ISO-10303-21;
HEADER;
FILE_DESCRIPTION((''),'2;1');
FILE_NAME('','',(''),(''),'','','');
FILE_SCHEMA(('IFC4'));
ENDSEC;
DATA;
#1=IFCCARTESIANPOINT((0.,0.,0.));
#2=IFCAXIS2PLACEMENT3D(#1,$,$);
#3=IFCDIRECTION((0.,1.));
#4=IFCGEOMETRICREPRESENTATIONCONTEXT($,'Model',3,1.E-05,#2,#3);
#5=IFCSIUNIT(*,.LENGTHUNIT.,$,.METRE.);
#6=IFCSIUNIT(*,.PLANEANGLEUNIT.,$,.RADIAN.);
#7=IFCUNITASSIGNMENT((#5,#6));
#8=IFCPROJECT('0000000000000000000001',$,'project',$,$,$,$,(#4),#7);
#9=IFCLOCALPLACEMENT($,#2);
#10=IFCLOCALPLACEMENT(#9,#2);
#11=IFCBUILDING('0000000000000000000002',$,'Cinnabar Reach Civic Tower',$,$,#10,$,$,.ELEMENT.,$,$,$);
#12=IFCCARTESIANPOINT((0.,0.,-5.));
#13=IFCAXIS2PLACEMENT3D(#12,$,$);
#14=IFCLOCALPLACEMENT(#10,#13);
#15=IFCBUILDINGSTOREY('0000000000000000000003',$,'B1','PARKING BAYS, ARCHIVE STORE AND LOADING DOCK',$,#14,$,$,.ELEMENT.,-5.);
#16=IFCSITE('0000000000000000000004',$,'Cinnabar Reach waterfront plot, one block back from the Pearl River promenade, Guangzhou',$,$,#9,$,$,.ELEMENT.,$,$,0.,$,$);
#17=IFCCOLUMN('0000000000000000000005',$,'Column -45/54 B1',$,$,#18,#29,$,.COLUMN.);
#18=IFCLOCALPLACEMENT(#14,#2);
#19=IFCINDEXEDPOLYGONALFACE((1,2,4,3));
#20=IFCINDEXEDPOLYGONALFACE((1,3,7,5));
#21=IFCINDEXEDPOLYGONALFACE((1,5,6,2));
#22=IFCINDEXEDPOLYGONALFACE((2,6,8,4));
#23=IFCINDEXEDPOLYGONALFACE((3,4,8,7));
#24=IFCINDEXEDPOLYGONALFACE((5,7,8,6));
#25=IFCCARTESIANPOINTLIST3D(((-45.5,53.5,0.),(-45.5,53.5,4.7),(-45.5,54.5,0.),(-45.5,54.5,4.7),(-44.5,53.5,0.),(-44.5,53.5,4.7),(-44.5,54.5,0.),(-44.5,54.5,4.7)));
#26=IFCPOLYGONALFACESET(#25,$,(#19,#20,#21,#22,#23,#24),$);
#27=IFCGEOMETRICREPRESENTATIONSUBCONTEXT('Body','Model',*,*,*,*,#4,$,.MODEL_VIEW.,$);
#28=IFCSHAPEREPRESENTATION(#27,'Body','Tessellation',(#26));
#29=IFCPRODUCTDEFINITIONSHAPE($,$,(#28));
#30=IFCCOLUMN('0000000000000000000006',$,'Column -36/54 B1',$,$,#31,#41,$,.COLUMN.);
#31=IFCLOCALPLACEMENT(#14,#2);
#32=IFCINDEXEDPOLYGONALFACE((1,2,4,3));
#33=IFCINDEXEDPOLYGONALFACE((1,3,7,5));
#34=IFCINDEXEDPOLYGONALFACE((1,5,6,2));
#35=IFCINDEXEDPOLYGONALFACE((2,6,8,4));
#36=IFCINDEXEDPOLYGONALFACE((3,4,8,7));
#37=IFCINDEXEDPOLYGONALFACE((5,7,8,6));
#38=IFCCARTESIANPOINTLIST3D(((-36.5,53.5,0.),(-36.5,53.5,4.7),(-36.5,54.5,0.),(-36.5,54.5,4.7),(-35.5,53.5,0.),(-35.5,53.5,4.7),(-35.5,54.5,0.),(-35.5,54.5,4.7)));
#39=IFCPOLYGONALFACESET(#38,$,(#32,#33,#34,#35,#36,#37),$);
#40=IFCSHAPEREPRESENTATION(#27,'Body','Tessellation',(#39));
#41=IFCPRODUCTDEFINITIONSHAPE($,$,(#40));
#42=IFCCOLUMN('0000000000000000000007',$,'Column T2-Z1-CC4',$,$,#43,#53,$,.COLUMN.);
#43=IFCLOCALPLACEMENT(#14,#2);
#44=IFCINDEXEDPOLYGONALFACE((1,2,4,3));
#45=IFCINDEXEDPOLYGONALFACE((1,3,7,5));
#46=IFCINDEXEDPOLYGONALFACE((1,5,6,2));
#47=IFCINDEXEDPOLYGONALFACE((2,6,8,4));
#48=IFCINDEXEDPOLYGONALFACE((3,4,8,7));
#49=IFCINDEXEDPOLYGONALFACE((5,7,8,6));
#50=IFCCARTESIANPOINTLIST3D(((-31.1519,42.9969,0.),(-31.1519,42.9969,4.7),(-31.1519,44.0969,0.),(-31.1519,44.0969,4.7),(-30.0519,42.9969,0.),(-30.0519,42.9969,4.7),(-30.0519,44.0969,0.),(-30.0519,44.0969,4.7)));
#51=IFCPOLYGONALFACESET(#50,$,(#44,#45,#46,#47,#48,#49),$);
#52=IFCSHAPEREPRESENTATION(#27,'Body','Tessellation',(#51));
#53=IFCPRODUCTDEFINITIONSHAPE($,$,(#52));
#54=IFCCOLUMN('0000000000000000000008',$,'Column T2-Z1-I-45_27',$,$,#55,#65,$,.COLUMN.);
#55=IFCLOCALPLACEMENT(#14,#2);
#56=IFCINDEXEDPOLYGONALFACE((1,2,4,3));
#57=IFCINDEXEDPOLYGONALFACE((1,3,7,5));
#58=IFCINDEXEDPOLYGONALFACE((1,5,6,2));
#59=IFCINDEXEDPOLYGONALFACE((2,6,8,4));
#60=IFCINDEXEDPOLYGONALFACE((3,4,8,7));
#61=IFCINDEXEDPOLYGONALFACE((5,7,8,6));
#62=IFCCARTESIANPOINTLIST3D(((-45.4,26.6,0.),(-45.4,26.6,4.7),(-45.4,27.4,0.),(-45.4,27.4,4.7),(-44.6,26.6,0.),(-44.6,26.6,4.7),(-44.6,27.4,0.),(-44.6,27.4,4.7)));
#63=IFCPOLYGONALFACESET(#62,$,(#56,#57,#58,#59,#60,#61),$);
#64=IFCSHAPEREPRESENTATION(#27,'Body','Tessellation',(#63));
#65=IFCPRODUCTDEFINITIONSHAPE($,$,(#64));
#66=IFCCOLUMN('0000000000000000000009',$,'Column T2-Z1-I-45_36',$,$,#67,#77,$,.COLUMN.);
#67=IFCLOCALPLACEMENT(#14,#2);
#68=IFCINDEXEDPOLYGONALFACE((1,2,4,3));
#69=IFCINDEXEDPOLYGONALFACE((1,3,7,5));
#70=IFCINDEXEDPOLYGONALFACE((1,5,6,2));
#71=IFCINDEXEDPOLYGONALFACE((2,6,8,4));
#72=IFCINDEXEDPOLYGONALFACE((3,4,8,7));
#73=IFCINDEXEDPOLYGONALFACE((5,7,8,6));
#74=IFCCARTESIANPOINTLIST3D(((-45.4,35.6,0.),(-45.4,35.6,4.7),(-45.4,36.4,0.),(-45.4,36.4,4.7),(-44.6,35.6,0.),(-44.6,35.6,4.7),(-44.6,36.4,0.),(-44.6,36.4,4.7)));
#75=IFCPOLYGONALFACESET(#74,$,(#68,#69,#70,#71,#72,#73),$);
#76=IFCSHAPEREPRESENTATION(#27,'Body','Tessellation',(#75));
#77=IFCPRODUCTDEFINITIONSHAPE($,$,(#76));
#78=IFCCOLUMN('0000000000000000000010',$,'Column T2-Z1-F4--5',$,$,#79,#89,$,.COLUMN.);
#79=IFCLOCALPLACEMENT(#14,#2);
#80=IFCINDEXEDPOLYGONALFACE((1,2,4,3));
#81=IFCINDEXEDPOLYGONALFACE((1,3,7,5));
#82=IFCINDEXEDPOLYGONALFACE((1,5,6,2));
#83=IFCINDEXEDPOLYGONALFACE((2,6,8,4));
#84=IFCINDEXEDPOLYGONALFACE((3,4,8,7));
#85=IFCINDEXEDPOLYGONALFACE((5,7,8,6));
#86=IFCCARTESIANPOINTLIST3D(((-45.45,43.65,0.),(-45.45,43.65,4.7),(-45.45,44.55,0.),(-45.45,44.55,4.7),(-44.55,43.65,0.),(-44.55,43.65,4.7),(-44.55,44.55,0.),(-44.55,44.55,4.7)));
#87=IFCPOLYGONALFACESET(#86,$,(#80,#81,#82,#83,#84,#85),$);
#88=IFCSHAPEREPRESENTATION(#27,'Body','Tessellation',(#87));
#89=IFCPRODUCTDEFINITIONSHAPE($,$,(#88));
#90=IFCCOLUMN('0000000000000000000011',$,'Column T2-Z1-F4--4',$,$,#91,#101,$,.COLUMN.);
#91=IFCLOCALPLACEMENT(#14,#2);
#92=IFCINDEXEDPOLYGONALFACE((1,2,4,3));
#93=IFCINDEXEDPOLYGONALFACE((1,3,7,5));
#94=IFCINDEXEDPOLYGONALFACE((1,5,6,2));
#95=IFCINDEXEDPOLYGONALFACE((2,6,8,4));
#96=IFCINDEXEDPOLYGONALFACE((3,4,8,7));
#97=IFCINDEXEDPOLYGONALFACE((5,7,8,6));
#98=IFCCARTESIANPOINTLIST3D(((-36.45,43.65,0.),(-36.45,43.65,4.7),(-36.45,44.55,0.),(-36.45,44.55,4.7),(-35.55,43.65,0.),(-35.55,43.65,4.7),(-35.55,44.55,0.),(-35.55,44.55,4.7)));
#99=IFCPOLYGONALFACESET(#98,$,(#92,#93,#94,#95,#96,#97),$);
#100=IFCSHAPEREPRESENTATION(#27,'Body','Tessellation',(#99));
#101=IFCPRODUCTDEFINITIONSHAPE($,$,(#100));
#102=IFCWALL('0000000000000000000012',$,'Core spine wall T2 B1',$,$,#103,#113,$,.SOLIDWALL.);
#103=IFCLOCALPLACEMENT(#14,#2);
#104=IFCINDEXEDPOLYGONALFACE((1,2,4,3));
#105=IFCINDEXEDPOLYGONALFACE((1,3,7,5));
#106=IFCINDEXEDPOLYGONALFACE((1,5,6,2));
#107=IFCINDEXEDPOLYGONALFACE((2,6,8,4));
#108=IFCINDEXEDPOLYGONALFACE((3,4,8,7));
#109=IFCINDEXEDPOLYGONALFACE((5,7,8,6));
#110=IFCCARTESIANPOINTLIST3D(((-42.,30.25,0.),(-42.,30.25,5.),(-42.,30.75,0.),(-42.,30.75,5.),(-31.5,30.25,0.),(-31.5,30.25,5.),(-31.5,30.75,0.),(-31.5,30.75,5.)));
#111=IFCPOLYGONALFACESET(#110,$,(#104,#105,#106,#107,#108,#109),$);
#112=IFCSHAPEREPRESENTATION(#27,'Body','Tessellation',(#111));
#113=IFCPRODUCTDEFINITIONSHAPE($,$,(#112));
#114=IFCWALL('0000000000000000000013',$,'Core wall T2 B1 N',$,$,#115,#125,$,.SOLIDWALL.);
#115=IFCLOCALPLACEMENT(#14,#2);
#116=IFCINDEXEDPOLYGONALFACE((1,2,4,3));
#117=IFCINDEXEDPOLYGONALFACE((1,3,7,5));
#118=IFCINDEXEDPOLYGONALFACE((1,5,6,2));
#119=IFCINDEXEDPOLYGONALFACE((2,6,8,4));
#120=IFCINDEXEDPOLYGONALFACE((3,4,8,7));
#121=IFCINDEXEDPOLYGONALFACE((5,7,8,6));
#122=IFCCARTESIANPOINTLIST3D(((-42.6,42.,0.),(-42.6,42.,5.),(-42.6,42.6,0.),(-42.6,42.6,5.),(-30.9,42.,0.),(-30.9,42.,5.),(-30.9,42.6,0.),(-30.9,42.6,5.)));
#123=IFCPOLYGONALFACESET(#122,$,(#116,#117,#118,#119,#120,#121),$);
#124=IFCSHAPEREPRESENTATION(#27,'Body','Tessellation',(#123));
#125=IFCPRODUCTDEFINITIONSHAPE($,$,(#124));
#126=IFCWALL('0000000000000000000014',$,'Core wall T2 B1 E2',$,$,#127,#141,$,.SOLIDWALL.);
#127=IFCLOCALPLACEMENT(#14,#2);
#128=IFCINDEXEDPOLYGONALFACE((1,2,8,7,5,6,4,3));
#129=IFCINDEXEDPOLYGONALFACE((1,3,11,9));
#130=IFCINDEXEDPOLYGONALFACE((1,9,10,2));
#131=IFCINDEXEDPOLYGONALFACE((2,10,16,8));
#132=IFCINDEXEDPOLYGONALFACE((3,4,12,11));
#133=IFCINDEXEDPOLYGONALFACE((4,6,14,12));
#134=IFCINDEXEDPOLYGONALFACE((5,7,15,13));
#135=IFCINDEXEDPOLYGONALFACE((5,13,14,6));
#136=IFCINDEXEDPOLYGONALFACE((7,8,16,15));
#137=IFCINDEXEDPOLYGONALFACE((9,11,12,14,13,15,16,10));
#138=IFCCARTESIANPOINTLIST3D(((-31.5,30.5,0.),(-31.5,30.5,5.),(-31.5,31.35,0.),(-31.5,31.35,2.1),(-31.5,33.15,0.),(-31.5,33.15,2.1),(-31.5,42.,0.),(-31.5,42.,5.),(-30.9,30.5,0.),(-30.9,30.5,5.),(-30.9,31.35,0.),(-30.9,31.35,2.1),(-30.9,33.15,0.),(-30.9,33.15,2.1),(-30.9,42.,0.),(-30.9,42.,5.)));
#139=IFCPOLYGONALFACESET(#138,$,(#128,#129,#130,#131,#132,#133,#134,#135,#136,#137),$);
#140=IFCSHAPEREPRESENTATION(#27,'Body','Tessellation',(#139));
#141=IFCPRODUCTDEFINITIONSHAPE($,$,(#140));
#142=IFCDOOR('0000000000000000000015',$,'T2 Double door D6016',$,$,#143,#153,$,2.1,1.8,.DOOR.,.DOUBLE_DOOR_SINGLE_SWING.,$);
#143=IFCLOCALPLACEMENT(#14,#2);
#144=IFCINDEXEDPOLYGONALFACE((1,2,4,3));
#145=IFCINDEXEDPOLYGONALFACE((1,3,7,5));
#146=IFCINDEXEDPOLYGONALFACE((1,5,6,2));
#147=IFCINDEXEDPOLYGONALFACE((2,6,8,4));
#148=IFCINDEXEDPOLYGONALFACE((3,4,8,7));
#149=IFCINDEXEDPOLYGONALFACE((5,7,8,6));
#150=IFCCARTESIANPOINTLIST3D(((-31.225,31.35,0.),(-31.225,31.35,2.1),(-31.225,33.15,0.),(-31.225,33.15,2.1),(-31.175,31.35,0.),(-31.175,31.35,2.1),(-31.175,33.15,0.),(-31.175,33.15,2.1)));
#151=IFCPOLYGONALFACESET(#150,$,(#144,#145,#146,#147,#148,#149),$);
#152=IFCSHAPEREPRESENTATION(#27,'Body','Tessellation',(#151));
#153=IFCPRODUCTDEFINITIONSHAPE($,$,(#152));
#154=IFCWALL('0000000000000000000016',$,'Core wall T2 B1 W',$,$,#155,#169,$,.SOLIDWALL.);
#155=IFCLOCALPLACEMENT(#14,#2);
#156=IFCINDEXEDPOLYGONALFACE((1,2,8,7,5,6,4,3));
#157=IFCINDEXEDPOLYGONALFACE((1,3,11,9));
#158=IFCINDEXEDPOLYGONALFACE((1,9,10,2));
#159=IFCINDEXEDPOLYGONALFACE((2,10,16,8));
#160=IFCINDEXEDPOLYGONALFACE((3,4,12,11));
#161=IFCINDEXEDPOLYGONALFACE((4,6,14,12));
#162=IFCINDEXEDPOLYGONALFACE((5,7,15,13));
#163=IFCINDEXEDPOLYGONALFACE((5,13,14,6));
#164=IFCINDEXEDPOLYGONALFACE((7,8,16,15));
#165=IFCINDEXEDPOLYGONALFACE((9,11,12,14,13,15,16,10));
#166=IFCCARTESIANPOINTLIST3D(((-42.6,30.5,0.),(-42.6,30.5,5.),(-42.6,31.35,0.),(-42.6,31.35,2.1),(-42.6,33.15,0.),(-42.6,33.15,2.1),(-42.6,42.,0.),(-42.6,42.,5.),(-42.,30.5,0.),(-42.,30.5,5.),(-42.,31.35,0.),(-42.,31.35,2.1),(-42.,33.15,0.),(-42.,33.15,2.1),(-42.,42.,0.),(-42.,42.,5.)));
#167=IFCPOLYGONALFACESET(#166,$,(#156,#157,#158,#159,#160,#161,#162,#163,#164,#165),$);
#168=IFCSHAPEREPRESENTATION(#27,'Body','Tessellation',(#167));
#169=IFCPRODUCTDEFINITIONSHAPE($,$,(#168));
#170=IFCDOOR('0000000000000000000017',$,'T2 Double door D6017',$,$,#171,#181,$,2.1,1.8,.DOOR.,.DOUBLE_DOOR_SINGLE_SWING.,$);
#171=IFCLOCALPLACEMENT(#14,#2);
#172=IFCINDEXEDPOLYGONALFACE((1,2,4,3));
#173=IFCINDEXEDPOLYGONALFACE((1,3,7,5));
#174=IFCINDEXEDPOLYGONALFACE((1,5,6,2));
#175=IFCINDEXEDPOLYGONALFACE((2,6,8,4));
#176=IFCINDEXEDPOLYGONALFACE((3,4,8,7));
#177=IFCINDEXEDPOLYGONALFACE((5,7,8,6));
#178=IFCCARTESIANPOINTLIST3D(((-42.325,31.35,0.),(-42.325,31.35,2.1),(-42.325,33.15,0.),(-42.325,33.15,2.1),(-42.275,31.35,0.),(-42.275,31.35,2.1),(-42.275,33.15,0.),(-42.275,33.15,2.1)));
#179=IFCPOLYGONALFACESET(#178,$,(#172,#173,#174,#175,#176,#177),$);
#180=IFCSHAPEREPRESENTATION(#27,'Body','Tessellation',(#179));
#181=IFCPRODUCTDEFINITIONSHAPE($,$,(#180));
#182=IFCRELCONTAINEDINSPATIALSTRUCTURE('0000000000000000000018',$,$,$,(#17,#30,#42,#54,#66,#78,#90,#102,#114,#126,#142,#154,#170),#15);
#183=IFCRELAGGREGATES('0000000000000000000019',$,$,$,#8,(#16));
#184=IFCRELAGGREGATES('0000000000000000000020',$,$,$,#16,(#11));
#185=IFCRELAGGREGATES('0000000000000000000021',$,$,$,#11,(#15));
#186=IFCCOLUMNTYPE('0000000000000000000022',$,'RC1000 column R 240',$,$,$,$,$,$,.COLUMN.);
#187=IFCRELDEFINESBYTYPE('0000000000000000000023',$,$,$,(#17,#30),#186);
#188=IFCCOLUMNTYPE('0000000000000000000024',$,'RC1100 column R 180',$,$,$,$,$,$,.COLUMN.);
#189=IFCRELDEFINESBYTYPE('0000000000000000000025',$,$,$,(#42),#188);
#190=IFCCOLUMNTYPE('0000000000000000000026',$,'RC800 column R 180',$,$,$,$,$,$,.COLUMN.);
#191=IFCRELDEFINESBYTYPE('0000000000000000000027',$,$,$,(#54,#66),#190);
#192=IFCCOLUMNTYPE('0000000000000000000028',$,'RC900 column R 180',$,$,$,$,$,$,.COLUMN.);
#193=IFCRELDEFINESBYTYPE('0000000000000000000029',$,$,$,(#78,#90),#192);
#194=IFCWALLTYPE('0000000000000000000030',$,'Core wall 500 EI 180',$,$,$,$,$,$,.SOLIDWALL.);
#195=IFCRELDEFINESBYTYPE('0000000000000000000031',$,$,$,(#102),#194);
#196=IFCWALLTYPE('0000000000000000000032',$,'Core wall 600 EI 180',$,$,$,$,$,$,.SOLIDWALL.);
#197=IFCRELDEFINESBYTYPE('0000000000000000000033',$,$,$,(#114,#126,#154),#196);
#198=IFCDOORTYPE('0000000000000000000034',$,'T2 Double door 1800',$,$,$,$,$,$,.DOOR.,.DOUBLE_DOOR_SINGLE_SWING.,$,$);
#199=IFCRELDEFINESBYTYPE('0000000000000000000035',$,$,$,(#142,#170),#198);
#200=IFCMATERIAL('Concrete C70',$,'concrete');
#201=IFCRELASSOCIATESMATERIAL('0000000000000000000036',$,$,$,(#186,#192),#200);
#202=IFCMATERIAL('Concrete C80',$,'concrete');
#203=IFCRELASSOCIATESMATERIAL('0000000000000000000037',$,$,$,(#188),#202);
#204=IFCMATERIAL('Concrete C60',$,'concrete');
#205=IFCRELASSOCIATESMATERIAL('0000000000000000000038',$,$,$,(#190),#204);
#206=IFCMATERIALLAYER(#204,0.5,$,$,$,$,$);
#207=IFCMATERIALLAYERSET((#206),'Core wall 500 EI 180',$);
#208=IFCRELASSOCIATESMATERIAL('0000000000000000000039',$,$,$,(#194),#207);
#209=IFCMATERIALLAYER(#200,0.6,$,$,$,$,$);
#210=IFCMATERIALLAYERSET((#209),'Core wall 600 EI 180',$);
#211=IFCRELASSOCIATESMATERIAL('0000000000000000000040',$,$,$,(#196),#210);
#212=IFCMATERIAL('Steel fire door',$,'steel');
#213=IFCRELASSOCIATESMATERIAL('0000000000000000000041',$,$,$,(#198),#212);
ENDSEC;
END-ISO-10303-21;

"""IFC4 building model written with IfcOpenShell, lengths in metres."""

from ifc_helpers import new_model, si_unit, direction, frame, frame_2d, origin, origin_2d, place, context, subcontext, project, spatial, rectangle, extrude, material, layer, layer_set, material_profile, profile_set, type_object, element, fill, save


model = new_model("IFC4")

# Units and contexts
model_context = context("Model", 3, precision=1e-05, world=origin(), true_north=direction((0.0, 1.0)))
body_context = subcontext(model_context, "Body", "Model", "MODEL_VIEW")
ifc_project = project(units=[si_unit("LENGTHUNIT", "METRE"), si_unit("PLANEANGLEUNIT", "RADIAN")], contexts=[model_context])

# Site, building, storey
site_placement = place(None, origin())
site = spatial("IfcSite", under=ifc_project, at=site_placement, Name="Cinnabar Reach waterfront plot, one block back from the Pearl River promenade, Guangzhou", CompositionType="ELEMENT", RefElevation=0.0)
building_placement = place(site_placement, origin())
building = spatial("IfcBuilding", under=site, at=building_placement, Name="Cinnabar Reach Civic Tower", CompositionType="ELEMENT")
storey_placement = place(building_placement, frame((0.0, 0.0, -5.0)))
storey = spatial("IfcBuildingStorey", under=building, at=storey_placement, Name="B1", Description="PARKING BAYS, ARCHIVE STORE AND LOADING DOCK", CompositionType="ELEMENT", Elevation=-5.0)

# Columns
ifc_material_1 = material(Name="Concrete C70", Category="concrete")
ifc_material_profile_1 = material_profile(ifc_material_1, rectangle(XDim=1.0, YDim=1.0, at=origin_2d()), Name="RC1000")
ifc_profile_set_1 = profile_set([ifc_material_profile_1], Name="Concrete C70")
column_type_1 = type_object("IfcColumnType", Name="RC1000 column R 240", PredefinedType="COLUMN", material=ifc_profile_set_1)
for number, where, z_axis, x_axis, name in (
    (1, (-45.0, 54.0, 0.0), (0.0, 0.0, 1.0), (1.0, 0.0, 0.0), "Column -45/54 B1"),
    (2, (-36.0, 54.0, 0.0), (0.0, 0.0, 1.0), (1.0, 0.0, 0.0), "Column -36/54 B1"),
):
    element("IfcColumn", number, at=place(storey_placement, frame(where, z_axis=z_axis, x_axis=x_axis)), inside=storey, type_object=column_type_1, Name=name, PredefinedType="COLUMN", context=body_context, shape_type="SweptSolid", body=[
        extrude(rectangle(XDim=1.0, YDim=1.0, at=origin_2d()), origin(), (0.0, 0.0, 1.0), 4.7),
    ])
ifc_material_2 = material(Name="Concrete C80", Category="concrete")
ifc_material_profile_2 = material_profile(ifc_material_2, rectangle(XDim=1.1, YDim=1.1, at=origin_2d()), Name="RC1100")
ifc_profile_set_2 = profile_set([ifc_material_profile_2], Name="Concrete C80")
column_type_2 = type_object("IfcColumnType", Name="RC1100 column R 180", PredefinedType="COLUMN", material=ifc_profile_set_2)
column_placement = place(storey_placement, frame((-30.6019, 43.5469, 0.0), z_axis=(0.0, 0.0, 1.0), x_axis=(1.0, 0.0, 0.0)))
element("IfcColumn", 3, at=column_placement, inside=storey, type_object=column_type_2, Name="Column T2-Z1-CC4", PredefinedType="COLUMN", context=body_context, shape_type="SweptSolid", body=[
    extrude(rectangle(XDim=1.1, YDim=1.1, at=origin_2d()), origin(), (0.0, 0.0, 1.0), 4.7),
])
ifc_material_3 = material(Name="Concrete C60", Category="concrete")
ifc_material_profile_3 = material_profile(ifc_material_3, rectangle(XDim=0.8, YDim=0.8, at=origin_2d()), Name="RC800")
ifc_profile_set_3 = profile_set([ifc_material_profile_3], Name="Concrete C60")
column_type_3 = type_object("IfcColumnType", Name="RC800 column R 180", PredefinedType="COLUMN", material=ifc_profile_set_3)
for number, where, z_axis, x_axis, name in (
    (4, (-45.0, 27.0, 0.0), (0.0, 0.0, 1.0), (1.0, 0.0, 0.0), "Column T2-Z1-I-45_27"),
    (5, (-45.0, 36.0, 0.0), (0.0, 0.0, 1.0), (1.0, 0.0, 0.0), "Column T2-Z1-I-45_36"),
):
    element("IfcColumn", number, at=place(storey_placement, frame(where, z_axis=z_axis, x_axis=x_axis)), inside=storey, type_object=column_type_3, Name=name, PredefinedType="COLUMN", context=body_context, shape_type="SweptSolid", body=[
        extrude(rectangle(XDim=0.8, YDim=0.8, at=origin_2d()), origin(), (0.0, 0.0, 1.0), 4.7),
    ])
ifc_material_profile_4 = material_profile(ifc_material_1, rectangle(XDim=0.9, YDim=0.9, at=origin_2d()), Name="RC900")
ifc_profile_set_4 = profile_set([ifc_material_profile_4], Name="Concrete C70")
column_type_4 = type_object("IfcColumnType", Name="RC900 column R 180", PredefinedType="COLUMN", material=ifc_profile_set_4)
for number, where, z_axis, x_axis, name in (
    (6, (-45.0, 44.1, 0.0), (0.0, 0.0, 1.0), (1.0, 0.0, 0.0), "Column T2-Z1-F4--5"),
    (7, (-36.0, 44.1, 0.0), (0.0, 0.0, 1.0), (1.0, 0.0, 0.0), "Column T2-Z1-F4--4"),
):
    element("IfcColumn", number, at=place(storey_placement, frame(where, z_axis=z_axis, x_axis=x_axis)), inside=storey, type_object=column_type_4, Name=name, PredefinedType="COLUMN", context=body_context, shape_type="SweptSolid", body=[
        extrude(rectangle(XDim=0.9, YDim=0.9, at=origin_2d()), origin(), (0.0, 0.0, 1.0), 4.7),
    ])

# Walls
ifc_layer_1 = layer(ifc_material_3, 0.5)
ifc_layer_set_1 = layer_set([ifc_layer_1], Name="Core wall 500 EI 180")
wall_type_1 = type_object("IfcWallType", Name="Core wall 500 EI 180", PredefinedType="SOLIDWALL", material=ifc_layer_set_1)
wall_1_placement = place(storey_placement, frame((-42.0, 30.5, 0.0), z_axis=(0.0, 0.0, 1.0), x_axis=(1.0, 0.0, 0.0)))
element("IfcWall", 8, at=wall_1_placement, inside=storey, type_object=wall_type_1, Name="Core spine wall T2 B1", PredefinedType="SOLIDWALL", context=body_context, shape_type="SweptSolid", body=[
    extrude(rectangle(XDim=10.5, YDim=0.5, at=frame_2d((5.25, 0.0))), origin(), (0.0, 0.0, 1.0), 5.0),
])
ifc_layer_2 = layer(ifc_material_1, 0.6)
ifc_layer_set_2 = layer_set([ifc_layer_2], Name="Core wall 600 EI 180")
wall_type_2 = type_object("IfcWallType", Name="Core wall 600 EI 180", PredefinedType="SOLIDWALL", material=ifc_layer_set_2)
wall_2_placement = place(storey_placement, frame((-30.9, 42.3, 0.0), z_axis=(0.0, 0.0, 1.0), x_axis=(-1.0, 0.0, 0.0)))
element("IfcWall", 9, at=wall_2_placement, inside=storey, type_object=wall_type_2, Name="Core wall T2 B1 N", PredefinedType="SOLIDWALL", context=body_context, shape_type="SweptSolid", body=[
    extrude(rectangle(XDim=11.7, YDim=0.6, at=frame_2d((5.85, 0.0))), origin(), (0.0, 0.0, 1.0), 5.0),
])

# Walls, openings, doors
wall_3_placement = place(storey_placement, frame((-31.2, 30.5, 0.0), z_axis=(0.0, 0.0, 1.0), x_axis=(0.0, 1.0, 0.0)))
wall_3 = element("IfcWall", 10, at=wall_3_placement, inside=storey, type_object=wall_type_2, Name="Core wall T2 B1 E2", PredefinedType="SOLIDWALL", context=body_context, shape_type="SweptSolid", body=[
    extrude(rectangle(XDim=11.5, YDim=0.6, at=frame_2d((5.75, 0.0))), origin(), (0.0, 0.0, 1.0), 5.0),
])
opening_1_placement = place(wall_3_placement, frame((0.85, 0.0, 0.0)))
opening_1 = element("IfcOpeningElement", 11, at=opening_1_placement, cuts=wall_3, PredefinedType="OPENING", context=body_context, shape_type="SweptSolid", body=[
    extrude(rectangle(XDim=1.8, YDim=2.1, at=frame_2d((0.9, 1.05))), frame((0.0, 0.31, 0.0), z_axis=(0.0, -1.0, 0.0), x_axis=(1.0, 0.0, 0.0)), (0.0, 0.0, 1.0), 0.62),
])
ifc_material_4 = material(Name="Steel fire door", Category="steel")
door_type_1 = type_object("IfcDoorType", Name="T2 Double door 1800", OperationType="DOUBLE_DOOR_SINGLE_SWING", PredefinedType="DOOR", material=ifc_material_4)
door_1_placement = place(opening_1_placement, origin())
door_1 = element("IfcDoor", 12, at=door_1_placement, inside=storey, type_object=door_type_1, Name="T2 Double door D6016", OperationType="DOUBLE_DOOR_SINGLE_SWING", OverallHeight=2.1, OverallWidth=1.8, PredefinedType="DOOR", context=body_context, shape_type="SweptSolid", body=[
    extrude(rectangle(XDim=1.8, YDim=2.1, at=frame_2d((0.9, 1.05))), frame((0.0, 0.025, 0.0), z_axis=(0.0, -1.0, 0.0), x_axis=(1.0, 0.0, 0.0)), (0.0, 0.0, 1.0), 0.05),
])
fill(opening_1, door_1)
wall_4_placement = place(storey_placement, frame((-42.3, 42.0, 0.0), z_axis=(0.0, 0.0, 1.0), x_axis=(0.0, -1.0, 0.0)))
wall_4 = element("IfcWall", 13, at=wall_4_placement, inside=storey, type_object=wall_type_2, Name="Core wall T2 B1 W", PredefinedType="SOLIDWALL", context=body_context, shape_type="SweptSolid", body=[
    extrude(rectangle(XDim=11.5, YDim=0.6, at=frame_2d((5.75, 0.0))), origin(), (0.0, 0.0, 1.0), 5.0),
])
opening_2_placement = place(wall_4_placement, frame((8.85, 0.0, 0.0)))
opening_2 = element("IfcOpeningElement", 14, at=opening_2_placement, cuts=wall_4, PredefinedType="OPENING", context=body_context, shape_type="SweptSolid", body=[
    extrude(rectangle(XDim=1.8, YDim=2.1, at=frame_2d((0.9, 1.05))), frame((0.0, 0.31, 0.0), z_axis=(0.0, -1.0, 0.0), x_axis=(1.0, 0.0, 0.0)), (0.0, 0.0, 1.0), 0.62),
])
door_2_placement = place(opening_2_placement, frame((1.8, 0.0, 0.0), z_axis=(0.0, 0.0, 1.0), x_axis=(-1.0, 0.0, 0.0)))
door_2 = element("IfcDoor", 15, at=door_2_placement, inside=storey, type_object=door_type_1, Name="T2 Double door D6017", OperationType="DOUBLE_DOOR_SINGLE_SWING", OverallHeight=2.1, OverallWidth=1.8, PredefinedType="DOOR", context=body_context, shape_type="SweptSolid", body=[
    extrude(rectangle(XDim=1.8, YDim=2.1, at=frame_2d((0.9, 1.05))), frame((0.0, 0.025, 0.0), z_axis=(0.0, -1.0, 0.0), x_axis=(1.0, 0.0, 0.0)), (0.0, 0.0, 1.0), 0.05),
])
fill(opening_2, door_2)

save(model, "model.ifc")
